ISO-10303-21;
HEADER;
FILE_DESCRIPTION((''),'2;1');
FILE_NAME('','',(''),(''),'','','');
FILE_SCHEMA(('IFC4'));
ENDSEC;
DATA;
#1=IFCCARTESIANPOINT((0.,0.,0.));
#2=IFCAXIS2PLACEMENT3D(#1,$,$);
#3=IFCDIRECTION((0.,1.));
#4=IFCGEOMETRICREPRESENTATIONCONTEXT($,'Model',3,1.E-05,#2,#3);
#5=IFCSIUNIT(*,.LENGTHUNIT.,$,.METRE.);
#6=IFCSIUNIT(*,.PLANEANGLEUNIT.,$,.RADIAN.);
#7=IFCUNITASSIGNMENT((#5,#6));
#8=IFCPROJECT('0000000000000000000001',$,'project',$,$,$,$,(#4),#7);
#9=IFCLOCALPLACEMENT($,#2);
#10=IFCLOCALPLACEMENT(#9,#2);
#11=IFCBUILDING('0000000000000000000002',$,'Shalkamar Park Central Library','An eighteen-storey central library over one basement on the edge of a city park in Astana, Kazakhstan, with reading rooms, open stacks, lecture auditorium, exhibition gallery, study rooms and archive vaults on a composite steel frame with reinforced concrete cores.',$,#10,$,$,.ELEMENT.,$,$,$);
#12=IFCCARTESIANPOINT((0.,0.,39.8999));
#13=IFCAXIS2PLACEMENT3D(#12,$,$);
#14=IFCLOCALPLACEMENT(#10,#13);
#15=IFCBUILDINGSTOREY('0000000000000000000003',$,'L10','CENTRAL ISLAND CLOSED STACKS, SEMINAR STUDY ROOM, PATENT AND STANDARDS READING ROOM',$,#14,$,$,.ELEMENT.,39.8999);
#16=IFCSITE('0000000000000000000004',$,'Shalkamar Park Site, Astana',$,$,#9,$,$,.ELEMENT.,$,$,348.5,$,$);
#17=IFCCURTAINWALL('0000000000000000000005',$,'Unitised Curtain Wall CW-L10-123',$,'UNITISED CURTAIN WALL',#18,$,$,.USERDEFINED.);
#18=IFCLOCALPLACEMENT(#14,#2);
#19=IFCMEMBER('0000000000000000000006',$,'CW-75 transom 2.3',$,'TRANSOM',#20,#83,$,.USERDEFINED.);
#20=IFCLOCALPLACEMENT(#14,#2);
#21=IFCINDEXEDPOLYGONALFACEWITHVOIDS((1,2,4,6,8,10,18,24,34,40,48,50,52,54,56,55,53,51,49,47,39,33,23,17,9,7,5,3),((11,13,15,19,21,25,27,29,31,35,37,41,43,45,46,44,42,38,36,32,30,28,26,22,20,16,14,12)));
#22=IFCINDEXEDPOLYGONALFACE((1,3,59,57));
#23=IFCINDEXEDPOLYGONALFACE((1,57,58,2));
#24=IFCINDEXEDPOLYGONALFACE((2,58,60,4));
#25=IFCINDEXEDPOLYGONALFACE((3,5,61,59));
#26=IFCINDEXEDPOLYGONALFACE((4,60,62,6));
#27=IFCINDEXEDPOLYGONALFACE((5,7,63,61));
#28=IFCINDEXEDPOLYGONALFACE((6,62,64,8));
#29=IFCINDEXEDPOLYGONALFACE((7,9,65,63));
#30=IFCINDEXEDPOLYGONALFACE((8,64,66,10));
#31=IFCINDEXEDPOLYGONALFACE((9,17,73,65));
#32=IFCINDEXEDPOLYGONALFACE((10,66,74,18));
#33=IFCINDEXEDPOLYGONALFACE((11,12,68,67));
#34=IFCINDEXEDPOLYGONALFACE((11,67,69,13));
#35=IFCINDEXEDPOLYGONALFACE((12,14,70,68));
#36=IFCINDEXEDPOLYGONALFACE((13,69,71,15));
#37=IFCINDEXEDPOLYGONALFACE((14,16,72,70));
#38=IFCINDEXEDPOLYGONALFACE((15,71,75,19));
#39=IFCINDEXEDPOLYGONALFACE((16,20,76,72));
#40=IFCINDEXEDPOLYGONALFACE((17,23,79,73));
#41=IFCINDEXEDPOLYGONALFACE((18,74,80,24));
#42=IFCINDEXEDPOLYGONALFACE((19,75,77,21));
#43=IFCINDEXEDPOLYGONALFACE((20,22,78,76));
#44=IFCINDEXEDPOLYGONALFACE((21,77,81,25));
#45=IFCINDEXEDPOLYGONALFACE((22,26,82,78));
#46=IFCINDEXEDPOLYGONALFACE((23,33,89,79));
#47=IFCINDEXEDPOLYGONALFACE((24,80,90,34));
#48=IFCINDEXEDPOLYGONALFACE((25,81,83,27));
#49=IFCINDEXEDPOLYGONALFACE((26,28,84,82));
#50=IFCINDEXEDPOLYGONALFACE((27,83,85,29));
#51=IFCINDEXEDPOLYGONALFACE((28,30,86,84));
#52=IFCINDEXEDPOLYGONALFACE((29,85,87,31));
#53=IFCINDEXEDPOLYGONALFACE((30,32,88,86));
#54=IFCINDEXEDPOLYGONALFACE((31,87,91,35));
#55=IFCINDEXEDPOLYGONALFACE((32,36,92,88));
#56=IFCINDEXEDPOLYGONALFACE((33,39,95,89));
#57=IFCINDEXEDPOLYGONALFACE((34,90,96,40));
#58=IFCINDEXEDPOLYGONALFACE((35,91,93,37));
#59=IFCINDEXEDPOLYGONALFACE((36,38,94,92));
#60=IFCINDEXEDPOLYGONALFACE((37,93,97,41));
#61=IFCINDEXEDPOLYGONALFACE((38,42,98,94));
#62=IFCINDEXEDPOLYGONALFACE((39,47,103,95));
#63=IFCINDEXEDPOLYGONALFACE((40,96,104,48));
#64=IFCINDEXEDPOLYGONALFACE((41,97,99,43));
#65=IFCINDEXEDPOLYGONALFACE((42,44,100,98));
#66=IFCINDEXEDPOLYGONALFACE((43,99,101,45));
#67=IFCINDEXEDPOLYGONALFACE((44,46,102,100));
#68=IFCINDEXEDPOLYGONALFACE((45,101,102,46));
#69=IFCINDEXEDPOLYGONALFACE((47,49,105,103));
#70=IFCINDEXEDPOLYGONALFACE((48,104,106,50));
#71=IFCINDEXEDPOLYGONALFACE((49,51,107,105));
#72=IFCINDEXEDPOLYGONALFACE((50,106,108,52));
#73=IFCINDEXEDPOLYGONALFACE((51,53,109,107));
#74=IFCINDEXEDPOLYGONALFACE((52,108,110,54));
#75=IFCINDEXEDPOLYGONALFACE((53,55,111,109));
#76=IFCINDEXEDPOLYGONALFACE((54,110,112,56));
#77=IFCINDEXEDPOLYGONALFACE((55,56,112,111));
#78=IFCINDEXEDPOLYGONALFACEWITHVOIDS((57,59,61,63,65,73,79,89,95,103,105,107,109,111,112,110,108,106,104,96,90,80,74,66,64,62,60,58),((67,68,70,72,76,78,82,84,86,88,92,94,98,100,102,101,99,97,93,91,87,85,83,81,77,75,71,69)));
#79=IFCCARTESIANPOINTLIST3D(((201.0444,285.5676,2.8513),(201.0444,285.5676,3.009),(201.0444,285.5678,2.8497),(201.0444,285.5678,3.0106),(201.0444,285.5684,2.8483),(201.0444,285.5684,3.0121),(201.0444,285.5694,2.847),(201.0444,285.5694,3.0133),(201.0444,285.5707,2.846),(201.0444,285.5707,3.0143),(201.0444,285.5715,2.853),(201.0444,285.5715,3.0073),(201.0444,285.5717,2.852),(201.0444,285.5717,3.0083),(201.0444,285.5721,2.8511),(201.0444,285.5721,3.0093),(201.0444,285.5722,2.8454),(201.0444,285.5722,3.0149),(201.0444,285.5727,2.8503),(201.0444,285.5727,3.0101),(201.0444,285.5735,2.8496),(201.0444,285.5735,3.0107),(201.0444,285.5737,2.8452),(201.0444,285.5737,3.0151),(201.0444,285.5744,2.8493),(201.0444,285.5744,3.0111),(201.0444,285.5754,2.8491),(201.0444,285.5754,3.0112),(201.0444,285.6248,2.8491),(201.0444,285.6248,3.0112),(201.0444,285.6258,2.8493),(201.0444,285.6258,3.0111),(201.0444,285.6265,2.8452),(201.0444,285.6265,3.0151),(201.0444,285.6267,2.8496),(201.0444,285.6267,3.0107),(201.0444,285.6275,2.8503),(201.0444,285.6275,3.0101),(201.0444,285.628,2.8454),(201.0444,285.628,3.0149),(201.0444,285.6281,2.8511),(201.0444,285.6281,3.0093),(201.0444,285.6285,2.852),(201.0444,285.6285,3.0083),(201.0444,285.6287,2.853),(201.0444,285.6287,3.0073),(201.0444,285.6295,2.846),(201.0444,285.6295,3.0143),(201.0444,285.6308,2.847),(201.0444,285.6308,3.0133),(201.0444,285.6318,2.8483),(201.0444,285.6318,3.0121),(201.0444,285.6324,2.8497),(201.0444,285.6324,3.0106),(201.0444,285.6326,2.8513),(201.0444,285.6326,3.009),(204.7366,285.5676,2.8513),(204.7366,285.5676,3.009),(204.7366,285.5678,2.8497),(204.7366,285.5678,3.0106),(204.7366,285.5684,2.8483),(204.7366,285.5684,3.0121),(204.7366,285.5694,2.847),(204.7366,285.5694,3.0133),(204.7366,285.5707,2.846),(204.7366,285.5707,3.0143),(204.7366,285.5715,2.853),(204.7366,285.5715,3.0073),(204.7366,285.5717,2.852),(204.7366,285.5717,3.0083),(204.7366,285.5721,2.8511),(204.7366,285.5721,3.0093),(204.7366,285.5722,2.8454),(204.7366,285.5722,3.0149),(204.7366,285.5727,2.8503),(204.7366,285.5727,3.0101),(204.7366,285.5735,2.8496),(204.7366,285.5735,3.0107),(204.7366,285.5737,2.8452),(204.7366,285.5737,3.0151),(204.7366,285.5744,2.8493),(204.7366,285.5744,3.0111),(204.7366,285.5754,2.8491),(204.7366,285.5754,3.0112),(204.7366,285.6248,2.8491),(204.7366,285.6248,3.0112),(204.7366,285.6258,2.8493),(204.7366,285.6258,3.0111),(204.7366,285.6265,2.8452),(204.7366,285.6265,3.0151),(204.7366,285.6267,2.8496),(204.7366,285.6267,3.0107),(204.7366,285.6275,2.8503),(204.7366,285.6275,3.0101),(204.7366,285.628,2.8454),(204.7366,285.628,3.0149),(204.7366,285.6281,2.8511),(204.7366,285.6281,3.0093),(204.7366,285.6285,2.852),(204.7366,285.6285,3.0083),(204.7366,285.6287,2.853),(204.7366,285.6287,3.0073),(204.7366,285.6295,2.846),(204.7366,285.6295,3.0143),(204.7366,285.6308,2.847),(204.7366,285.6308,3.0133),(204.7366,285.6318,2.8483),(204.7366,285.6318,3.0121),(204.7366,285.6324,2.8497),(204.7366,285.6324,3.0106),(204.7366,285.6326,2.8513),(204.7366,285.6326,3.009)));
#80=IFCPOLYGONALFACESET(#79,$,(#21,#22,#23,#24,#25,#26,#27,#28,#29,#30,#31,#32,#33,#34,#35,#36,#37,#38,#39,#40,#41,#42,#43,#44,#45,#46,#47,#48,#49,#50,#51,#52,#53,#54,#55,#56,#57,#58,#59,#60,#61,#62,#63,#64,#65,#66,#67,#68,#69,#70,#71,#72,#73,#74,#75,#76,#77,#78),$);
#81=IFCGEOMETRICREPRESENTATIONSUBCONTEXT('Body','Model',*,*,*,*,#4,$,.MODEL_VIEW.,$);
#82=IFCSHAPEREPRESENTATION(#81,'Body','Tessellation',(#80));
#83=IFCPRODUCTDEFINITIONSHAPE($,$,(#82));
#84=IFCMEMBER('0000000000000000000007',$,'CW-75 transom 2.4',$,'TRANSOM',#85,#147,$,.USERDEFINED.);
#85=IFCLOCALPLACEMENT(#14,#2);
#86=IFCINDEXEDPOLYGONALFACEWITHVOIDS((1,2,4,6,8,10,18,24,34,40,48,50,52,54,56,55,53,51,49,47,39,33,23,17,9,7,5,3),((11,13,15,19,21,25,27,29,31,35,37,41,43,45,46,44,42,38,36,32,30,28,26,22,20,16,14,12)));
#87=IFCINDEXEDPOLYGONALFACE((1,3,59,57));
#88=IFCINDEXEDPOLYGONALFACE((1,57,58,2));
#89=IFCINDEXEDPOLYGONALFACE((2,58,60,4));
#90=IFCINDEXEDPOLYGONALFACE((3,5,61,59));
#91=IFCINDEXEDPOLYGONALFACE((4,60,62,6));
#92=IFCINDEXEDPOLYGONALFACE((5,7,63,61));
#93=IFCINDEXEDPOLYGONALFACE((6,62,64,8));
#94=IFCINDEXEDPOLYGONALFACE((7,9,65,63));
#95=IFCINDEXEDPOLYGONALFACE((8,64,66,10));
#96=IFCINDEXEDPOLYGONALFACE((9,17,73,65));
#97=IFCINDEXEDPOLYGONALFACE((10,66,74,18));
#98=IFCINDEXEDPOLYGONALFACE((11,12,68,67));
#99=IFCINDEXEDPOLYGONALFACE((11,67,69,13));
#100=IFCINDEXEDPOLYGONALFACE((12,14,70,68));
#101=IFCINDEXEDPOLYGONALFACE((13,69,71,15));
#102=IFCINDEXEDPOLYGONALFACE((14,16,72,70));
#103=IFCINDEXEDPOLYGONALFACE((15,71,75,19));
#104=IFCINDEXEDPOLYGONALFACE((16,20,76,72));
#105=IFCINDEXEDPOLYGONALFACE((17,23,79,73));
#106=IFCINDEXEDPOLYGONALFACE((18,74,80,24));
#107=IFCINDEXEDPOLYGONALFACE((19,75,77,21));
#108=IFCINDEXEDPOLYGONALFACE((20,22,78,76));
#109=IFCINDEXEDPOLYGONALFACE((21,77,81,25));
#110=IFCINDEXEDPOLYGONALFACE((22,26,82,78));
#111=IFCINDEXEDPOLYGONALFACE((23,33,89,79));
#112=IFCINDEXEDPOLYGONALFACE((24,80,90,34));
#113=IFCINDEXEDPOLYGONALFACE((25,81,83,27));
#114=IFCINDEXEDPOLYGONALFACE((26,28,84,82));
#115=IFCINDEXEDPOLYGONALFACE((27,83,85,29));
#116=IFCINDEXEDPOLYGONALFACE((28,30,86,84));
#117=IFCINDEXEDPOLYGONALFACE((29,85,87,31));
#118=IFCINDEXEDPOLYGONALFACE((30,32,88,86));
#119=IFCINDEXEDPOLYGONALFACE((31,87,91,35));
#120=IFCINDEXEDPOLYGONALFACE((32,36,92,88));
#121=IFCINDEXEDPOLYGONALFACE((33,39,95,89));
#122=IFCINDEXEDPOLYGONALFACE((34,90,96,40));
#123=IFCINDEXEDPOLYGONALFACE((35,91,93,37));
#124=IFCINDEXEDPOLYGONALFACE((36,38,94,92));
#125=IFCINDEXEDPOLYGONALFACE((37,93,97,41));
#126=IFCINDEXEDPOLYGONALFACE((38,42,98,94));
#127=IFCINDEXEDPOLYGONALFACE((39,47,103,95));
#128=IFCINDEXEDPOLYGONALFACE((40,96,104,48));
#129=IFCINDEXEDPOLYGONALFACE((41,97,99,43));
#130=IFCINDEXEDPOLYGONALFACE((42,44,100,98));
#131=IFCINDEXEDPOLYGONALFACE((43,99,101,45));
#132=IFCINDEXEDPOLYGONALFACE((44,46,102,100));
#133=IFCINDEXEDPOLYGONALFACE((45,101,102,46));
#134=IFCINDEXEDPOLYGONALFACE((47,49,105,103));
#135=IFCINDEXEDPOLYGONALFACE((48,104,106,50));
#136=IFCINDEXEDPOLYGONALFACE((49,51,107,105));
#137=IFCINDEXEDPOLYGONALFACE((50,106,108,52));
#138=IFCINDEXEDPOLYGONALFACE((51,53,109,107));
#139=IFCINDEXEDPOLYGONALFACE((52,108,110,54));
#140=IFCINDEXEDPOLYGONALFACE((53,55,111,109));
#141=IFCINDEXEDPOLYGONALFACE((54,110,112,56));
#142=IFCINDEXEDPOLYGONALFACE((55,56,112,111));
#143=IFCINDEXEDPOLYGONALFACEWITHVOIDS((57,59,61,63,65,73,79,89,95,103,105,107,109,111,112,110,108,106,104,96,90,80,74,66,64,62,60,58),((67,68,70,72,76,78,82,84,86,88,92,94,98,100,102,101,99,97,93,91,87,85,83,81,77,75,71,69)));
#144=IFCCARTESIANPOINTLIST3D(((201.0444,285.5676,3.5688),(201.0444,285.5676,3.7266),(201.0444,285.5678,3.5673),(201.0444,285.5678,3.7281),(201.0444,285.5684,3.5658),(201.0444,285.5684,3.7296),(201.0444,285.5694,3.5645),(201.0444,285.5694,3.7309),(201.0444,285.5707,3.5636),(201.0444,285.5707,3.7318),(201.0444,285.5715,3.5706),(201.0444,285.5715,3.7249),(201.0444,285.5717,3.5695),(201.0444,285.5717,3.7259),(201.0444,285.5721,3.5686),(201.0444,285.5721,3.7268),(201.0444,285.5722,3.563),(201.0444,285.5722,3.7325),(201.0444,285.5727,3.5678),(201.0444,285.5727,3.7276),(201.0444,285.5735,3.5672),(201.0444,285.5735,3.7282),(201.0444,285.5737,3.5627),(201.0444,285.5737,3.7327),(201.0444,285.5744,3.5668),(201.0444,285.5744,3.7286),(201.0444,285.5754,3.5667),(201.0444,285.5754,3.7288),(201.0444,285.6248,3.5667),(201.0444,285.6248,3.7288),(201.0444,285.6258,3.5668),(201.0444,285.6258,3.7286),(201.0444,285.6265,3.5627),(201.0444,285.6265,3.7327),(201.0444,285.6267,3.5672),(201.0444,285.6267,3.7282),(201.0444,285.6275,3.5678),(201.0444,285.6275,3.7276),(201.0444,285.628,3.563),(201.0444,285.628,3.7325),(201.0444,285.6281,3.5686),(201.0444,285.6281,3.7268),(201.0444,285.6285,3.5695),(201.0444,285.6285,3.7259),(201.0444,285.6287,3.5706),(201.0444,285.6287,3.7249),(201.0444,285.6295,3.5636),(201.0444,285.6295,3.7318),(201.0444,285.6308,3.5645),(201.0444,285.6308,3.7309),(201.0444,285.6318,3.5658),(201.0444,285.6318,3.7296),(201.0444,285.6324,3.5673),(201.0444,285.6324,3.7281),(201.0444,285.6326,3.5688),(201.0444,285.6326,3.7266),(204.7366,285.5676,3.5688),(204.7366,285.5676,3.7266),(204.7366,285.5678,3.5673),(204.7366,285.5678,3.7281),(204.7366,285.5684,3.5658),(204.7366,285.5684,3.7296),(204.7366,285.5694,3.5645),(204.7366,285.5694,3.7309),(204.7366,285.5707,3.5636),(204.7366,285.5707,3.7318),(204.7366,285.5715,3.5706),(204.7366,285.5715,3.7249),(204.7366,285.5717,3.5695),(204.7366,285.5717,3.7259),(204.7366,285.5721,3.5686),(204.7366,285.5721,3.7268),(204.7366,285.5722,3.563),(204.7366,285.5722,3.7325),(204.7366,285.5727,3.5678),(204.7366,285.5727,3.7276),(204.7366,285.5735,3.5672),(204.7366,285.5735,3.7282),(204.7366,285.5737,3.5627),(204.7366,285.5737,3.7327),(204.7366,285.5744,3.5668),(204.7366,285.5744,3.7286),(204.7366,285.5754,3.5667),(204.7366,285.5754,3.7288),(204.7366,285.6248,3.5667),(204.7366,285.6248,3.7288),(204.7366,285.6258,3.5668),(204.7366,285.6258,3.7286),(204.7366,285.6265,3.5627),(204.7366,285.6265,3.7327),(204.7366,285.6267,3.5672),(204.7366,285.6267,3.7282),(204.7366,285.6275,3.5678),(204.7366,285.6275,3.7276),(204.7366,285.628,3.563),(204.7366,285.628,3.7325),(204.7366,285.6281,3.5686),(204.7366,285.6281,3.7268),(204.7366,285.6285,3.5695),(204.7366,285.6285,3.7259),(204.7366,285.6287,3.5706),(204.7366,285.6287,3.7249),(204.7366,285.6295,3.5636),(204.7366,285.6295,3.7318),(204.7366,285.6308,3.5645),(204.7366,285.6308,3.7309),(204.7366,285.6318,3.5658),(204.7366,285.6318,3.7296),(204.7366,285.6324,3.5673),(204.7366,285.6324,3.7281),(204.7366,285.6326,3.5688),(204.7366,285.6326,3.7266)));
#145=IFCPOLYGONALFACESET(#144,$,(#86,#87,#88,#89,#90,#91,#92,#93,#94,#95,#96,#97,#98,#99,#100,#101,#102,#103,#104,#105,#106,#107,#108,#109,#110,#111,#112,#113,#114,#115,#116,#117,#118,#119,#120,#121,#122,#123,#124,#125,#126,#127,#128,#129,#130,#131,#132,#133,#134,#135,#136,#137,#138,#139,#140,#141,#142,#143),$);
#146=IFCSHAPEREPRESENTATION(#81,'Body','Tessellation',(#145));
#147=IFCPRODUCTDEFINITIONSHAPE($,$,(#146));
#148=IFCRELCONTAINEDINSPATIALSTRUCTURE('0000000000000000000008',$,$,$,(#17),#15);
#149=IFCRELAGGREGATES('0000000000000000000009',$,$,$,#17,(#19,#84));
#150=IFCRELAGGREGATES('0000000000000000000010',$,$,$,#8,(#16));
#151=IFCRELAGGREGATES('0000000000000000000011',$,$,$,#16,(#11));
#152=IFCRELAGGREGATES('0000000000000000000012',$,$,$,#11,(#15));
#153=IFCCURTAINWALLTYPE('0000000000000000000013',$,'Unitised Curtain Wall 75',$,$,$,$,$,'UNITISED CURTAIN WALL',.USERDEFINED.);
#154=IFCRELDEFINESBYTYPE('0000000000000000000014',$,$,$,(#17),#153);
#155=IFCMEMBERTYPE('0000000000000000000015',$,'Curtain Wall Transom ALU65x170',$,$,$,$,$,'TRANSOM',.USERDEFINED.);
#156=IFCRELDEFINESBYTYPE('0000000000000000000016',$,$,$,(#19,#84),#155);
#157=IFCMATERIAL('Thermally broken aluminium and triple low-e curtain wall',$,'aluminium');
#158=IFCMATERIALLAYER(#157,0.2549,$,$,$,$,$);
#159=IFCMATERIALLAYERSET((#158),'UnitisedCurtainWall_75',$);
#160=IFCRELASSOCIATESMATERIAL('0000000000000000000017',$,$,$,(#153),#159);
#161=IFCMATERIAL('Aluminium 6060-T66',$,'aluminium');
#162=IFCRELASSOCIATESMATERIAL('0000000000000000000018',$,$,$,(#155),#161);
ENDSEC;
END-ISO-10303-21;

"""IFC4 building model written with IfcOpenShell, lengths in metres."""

from ifc_helpers import new_model, si_unit, direction, frame, origin, origin_2d, place, context, subcontext, project, spatial, hollow_rectangle, extrude, material, layer, layer_set, material_profile, profile_set, type_object, element, aggregate, save


model = new_model("IFC4")

# Units and contexts
model_context = context("Model", 3, precision=1e-05, world=origin(), true_north=direction((0.0, 1.0)))
body_context = subcontext(model_context, "Body", "Model", "MODEL_VIEW")
ifc_project = project(units=[si_unit("LENGTHUNIT", "METRE"), si_unit("PLANEANGLEUNIT", "RADIAN")], contexts=[model_context])

# Site, building, storey
site_placement = place(None, origin())
site = spatial("IfcSite", under=ifc_project, at=site_placement, Name="Shalkamar Park Site, Astana", CompositionType="ELEMENT", RefElevation=348.5)
building_placement = place(site_placement, origin())
building = spatial("IfcBuilding", under=site, at=building_placement, Name="Shalkamar Park Central Library", Description="An eighteen-storey central library over one basement on the edge of a city park in Astana, Kazakhstan, with reading rooms, open stacks, lecture auditorium, exhibition gallery, study rooms and archive vaults on a composite steel frame with reinforced concrete cores.", CompositionType="ELEMENT")
storey_placement = place(building_placement, frame((0.0, 0.0, 39.8999)))
storey = spatial("IfcBuildingStorey", under=building, at=storey_placement, Name="L10", Description="CENTRAL ISLAND CLOSED STACKS, SEMINAR STUDY ROOM, PATENT AND STANDARDS READING ROOM", CompositionType="ELEMENT", Elevation=39.8999)

# Curtain wall
ifc_material_1 = material(Name="Thermally broken aluminium and triple low-e curtain wall", Category="aluminium")
ifc_layer_1 = layer(ifc_material_1, 0.2549)
ifc_layer_set_1 = layer_set([ifc_layer_1], Name="UnitisedCurtainWall_75")
curtain_wall_type_1 = type_object("IfcCurtainWallType", Name="Unitised Curtain Wall 75", ElementType="UNITISED CURTAIN WALL", PredefinedType="USERDEFINED", material=ifc_layer_set_1)
curtain_wall_1_placement = place(storey_placement, origin())
curtain_wall_1 = element("IfcCurtainWall", 1, at=curtain_wall_1_placement, inside=storey, type_object=curtain_wall_type_1, Name="Unitised Curtain Wall CW-L10-123", ObjectType="UNITISED CURTAIN WALL", PredefinedType="USERDEFINED")
ifc_material_2 = material(Name="Aluminium 6060-T66", Category="aluminium")

# Members
ifc_material_profile_1 = material_profile(ifc_material_2, hollow_rectangle(XDim=0.0649, YDim=0.1699, WallThickness=0.0039, InnerFilletRadius=0.0039, OuterFilletRadius=0.0061, at=origin_2d()), Name="ALU 65x170x4")
ifc_profile_set_1 = profile_set([ifc_material_profile_1], Name="Aluminium 6060-T66")
member_type_1 = type_object("IfcMemberType", Name="Curtain Wall Transom ALU65x170", ElementType="TRANSOM", PredefinedType="USERDEFINED", material=ifc_profile_set_1)
member_1_placement = place(storey_placement, frame((201.0444, 285.6001, 2.9302), z_axis=(1.0, 0.0, 0.0), x_axis=(0.0, 1.0, 0.0)))
member_1 = element("IfcMember", 2, at=member_1_placement, type_object=member_type_1, Name="CW-75 transom 2.3", ObjectType="TRANSOM", PredefinedType="USERDEFINED", context=body_context, shape_type="SweptSolid", body=[
    extrude(hollow_rectangle(XDim=0.0649, YDim=0.1699, WallThickness=0.0039, InnerFilletRadius=0.0039, OuterFilletRadius=0.0061, at=origin_2d()), origin(), (0.0, 0.0, 1.0), 3.6921),
])
member_2_placement = place(storey_placement, frame((201.0444, 285.6001, 3.6477), z_axis=(1.0, 0.0, 0.0), x_axis=(0.0, 1.0, 0.0)))
member_2 = element("IfcMember", 3, at=member_2_placement, type_object=member_type_1, Name="CW-75 transom 2.4", ObjectType="TRANSOM", PredefinedType="USERDEFINED", context=body_context, shape_type="SweptSolid", body=[
    extrude(hollow_rectangle(XDim=0.0649, YDim=0.1699, WallThickness=0.0039, InnerFilletRadius=0.0039, OuterFilletRadius=0.0061, at=origin_2d()), origin(), (0.0, 0.0, 1.0), 3.6921),
])

aggregate(curtain_wall_1, [member_1, member_2])

save(model, "model.ifc")
